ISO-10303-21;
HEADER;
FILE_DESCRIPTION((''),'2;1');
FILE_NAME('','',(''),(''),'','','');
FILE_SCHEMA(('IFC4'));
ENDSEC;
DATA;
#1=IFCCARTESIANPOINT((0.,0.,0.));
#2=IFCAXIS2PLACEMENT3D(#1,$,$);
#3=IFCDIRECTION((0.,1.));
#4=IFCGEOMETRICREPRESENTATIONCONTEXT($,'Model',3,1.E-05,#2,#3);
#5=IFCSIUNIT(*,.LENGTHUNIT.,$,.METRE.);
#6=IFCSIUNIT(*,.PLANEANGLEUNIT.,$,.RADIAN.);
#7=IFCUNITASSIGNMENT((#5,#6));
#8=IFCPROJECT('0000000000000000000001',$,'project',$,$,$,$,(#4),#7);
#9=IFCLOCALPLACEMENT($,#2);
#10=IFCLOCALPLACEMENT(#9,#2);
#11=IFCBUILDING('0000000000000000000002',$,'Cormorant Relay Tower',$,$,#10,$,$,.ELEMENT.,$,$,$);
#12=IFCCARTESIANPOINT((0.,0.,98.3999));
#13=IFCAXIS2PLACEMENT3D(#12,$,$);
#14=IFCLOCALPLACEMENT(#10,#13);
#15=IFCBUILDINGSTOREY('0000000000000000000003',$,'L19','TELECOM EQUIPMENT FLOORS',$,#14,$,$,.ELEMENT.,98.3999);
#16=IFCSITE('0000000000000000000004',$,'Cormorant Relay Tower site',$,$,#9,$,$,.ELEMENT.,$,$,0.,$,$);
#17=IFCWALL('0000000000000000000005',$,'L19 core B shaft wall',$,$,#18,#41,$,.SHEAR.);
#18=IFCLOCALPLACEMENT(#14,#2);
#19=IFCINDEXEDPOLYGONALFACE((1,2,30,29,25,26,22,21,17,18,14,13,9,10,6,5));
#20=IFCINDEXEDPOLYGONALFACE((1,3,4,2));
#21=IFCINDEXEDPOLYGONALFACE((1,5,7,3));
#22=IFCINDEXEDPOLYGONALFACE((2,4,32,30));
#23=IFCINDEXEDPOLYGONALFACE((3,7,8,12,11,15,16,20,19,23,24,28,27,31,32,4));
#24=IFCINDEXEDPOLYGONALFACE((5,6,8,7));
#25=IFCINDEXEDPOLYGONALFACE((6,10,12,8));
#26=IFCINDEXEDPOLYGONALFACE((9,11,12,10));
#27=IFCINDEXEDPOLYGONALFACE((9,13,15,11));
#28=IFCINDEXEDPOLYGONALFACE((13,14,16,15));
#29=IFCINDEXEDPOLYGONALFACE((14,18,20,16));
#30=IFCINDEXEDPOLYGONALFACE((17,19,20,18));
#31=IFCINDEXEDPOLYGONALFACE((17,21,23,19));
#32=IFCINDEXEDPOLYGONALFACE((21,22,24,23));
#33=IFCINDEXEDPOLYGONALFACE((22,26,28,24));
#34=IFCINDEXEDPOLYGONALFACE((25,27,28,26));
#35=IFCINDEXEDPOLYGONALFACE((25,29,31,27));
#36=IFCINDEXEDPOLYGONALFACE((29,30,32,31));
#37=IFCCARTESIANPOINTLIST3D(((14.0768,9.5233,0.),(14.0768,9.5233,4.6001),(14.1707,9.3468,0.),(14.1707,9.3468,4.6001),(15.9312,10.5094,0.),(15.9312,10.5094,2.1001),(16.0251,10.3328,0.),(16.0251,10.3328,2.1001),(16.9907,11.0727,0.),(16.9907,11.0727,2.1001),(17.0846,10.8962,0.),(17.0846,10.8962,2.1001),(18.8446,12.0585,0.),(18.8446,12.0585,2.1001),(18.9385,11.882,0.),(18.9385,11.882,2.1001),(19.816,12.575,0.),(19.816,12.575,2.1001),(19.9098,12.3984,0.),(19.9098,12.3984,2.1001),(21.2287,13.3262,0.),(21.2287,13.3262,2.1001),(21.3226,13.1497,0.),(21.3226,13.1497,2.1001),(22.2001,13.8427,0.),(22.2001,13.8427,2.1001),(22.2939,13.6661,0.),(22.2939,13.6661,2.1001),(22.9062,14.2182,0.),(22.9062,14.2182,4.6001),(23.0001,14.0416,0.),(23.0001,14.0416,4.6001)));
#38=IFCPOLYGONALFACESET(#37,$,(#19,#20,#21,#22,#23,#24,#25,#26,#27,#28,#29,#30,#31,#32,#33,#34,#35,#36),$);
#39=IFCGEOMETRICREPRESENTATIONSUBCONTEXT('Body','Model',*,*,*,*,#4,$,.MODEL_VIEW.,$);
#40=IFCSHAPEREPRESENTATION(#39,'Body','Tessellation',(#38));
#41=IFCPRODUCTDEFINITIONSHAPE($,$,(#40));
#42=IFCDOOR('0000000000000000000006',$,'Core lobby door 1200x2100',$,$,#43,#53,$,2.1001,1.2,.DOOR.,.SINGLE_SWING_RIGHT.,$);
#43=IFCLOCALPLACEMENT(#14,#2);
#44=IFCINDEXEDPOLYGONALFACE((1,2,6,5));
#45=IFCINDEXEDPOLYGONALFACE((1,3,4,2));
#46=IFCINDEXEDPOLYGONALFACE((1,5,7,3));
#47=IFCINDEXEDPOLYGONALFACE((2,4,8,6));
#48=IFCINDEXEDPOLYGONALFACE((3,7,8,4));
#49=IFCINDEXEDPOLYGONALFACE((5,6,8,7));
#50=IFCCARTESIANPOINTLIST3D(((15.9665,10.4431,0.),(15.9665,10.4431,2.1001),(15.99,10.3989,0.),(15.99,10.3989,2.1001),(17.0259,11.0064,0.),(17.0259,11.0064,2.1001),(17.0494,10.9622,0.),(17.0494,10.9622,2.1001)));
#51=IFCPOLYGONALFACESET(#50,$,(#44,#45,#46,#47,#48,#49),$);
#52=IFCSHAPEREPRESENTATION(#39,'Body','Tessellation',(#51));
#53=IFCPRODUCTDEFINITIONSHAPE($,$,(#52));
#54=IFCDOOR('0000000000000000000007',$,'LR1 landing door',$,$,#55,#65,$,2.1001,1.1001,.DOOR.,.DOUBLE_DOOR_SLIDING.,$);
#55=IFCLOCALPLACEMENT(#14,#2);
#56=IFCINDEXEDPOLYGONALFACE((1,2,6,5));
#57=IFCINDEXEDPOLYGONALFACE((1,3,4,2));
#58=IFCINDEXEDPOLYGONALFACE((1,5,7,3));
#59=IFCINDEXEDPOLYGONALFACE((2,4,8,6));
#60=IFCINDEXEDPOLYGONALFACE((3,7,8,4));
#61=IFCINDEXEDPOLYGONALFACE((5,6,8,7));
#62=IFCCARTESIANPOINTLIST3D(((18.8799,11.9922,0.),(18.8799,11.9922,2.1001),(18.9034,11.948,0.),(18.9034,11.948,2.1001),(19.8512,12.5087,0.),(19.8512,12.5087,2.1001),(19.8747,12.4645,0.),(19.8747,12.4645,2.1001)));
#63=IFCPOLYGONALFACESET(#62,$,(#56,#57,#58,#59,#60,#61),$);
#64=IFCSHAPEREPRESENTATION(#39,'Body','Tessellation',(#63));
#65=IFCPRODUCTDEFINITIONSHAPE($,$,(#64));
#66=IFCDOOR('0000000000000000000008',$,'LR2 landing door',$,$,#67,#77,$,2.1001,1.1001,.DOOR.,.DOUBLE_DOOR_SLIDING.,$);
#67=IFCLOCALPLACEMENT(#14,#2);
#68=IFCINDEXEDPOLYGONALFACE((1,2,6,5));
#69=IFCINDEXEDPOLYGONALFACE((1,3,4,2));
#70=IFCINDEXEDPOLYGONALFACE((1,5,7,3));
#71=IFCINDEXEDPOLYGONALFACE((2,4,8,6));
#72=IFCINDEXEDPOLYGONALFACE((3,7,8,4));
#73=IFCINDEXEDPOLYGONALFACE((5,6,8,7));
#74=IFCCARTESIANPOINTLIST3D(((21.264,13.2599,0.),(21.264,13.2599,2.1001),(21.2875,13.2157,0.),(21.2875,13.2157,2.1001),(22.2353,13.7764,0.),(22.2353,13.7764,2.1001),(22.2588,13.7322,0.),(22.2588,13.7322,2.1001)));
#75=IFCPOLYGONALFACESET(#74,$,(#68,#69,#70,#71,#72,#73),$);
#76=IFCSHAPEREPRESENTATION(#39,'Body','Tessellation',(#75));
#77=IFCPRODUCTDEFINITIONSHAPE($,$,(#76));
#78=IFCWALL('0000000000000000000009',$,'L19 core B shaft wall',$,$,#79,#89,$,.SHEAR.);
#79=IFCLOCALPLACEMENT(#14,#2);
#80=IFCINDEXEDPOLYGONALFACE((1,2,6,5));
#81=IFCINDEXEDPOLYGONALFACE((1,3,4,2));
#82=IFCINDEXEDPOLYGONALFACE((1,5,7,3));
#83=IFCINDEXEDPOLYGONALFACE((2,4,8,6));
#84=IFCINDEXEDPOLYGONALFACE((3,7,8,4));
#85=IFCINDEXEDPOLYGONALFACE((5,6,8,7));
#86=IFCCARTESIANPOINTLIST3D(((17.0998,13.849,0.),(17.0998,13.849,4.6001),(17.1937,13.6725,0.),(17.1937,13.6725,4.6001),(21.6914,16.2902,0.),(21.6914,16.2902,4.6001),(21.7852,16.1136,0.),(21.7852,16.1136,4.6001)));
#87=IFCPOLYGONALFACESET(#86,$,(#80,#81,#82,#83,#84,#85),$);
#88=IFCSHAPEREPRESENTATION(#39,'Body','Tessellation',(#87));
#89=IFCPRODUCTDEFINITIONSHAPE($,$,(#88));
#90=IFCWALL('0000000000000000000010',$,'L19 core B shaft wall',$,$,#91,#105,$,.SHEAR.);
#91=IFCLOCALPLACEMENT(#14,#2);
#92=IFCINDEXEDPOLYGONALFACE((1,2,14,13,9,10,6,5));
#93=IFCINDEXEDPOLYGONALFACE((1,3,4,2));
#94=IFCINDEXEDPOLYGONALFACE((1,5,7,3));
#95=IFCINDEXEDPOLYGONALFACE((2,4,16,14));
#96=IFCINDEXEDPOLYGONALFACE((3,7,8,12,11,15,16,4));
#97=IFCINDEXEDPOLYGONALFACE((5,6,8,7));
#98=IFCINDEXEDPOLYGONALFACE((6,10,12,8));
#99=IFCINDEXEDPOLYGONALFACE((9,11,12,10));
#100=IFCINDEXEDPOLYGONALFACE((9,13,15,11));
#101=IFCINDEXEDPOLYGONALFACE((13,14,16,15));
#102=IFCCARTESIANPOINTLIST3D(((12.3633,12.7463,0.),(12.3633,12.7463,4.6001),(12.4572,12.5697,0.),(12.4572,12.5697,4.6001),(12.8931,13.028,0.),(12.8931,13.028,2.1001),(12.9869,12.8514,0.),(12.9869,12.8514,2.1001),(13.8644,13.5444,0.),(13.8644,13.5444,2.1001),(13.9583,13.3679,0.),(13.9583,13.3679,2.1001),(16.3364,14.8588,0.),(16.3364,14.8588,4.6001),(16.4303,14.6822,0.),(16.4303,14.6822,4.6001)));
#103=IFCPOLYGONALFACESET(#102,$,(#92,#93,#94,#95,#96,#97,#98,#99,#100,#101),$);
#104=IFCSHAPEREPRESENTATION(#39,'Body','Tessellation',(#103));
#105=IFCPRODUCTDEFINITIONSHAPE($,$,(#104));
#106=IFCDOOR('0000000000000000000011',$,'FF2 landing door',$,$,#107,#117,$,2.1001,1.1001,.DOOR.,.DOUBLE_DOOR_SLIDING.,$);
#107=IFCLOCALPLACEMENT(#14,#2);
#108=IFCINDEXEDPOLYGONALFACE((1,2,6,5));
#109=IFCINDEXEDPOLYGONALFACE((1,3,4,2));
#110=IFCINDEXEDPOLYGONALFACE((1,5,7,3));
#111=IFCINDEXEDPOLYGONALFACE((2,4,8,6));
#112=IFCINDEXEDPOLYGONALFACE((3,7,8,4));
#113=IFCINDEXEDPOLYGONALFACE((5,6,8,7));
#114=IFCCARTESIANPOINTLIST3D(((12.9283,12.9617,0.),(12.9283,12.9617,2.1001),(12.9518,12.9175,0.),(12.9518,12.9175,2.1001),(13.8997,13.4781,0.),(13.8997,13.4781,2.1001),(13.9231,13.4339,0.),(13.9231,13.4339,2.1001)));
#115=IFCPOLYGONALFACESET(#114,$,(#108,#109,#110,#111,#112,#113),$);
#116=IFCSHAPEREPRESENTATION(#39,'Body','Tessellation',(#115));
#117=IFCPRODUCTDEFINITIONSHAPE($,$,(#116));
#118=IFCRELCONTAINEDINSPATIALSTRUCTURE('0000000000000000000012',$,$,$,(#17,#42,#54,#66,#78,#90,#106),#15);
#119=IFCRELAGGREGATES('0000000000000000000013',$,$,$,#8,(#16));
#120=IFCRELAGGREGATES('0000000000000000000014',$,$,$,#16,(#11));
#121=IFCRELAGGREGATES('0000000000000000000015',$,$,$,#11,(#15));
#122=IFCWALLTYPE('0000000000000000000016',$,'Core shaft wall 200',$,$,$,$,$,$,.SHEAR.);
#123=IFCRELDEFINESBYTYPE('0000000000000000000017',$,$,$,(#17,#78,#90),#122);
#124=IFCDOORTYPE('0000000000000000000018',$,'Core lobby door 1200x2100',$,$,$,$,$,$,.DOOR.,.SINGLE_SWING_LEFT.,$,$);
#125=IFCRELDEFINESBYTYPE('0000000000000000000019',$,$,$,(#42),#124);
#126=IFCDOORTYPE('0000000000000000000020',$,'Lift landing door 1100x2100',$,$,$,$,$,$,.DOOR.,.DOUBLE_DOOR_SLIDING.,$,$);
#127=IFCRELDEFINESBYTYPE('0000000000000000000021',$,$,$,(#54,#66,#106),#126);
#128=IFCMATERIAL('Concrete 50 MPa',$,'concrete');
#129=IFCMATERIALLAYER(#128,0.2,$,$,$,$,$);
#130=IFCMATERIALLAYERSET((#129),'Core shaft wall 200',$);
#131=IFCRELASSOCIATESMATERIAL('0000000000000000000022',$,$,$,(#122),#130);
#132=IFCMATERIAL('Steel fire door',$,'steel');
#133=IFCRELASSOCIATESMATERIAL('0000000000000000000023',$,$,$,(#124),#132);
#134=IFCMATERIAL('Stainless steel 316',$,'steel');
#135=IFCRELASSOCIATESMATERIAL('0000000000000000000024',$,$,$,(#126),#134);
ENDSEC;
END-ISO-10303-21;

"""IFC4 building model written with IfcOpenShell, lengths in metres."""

from ifc_helpers import new_model, si_unit, direction, frame, frame_2d, origin, place, context, subcontext, project, spatial, rectangle, extrude, material, layer, layer_set, type_object, element, fill, save


model = new_model("IFC4")

# Units and contexts
model_context = context("Model", 3, precision=1e-05, world=origin(), true_north=direction((0.0, 1.0)))
body_context = subcontext(model_context, "Body", "Model", "MODEL_VIEW")
ifc_project = project(units=[si_unit("LENGTHUNIT", "METRE"), si_unit("PLANEANGLEUNIT", "RADIAN")], contexts=[model_context])

# Site, building, storey
site_placement = place(None, origin())
site = spatial("IfcSite", under=ifc_project, at=site_placement, Name="Cormorant Relay Tower site", CompositionType="ELEMENT", RefElevation=0.0)
building_placement = place(site_placement, origin())
building = spatial("IfcBuilding", under=site, at=building_placement, Name="Cormorant Relay Tower", CompositionType="ELEMENT")
storey_placement = place(building_placement, frame((0.0, 0.0, 98.3999)))
storey = spatial("IfcBuildingStorey", under=building, at=storey_placement, Name="L19", Description="TELECOM EQUIPMENT FLOORS", CompositionType="ELEMENT", Elevation=98.3999)

# Shared definitions
ifc_material_1 = material(Name="Concrete 50 MPa", Category="concrete")
ifc_layer_1 = layer(ifc_material_1, 0.2)
ifc_layer_set_1 = layer_set([ifc_layer_1], Name="Core shaft wall 200")
wall_type_1 = type_object("IfcWallType", Name="Core shaft wall 200", PredefinedType="SHEAR", material=ifc_layer_set_1)

# Wall, openings, doors
wall_1_placement = place(storey_placement, frame((14.1238, 9.4351, 0.0), z_axis=(0.0, 0.0, 1.0), x_axis=(0.88294, 0.469485, 0.0)))
wall_1 = element("IfcWall", 1, at=wall_1_placement, inside=storey, type_object=wall_type_1, Name="L19 core B shaft wall", PredefinedType="SHEAR", context=body_context, shape_type="SweptSolid", body=[
    extrude(rectangle(XDim=10.0, YDim=0.2, at=frame_2d((5.0, 0.0))), origin(), (0.0, 0.0, 1.0), 4.6001),
])
opening_1_placement = place(wall_1_placement, frame((2.1001, 0.0, 0.0)))
opening_1 = element("IfcOpeningElement", 2, at=opening_1_placement, cuts=wall_1, PredefinedType="OPENING", context=body_context, shape_type="SweptSolid", body=[
    extrude(rectangle(XDim=1.2, YDim=2.1001, at=frame_2d((0.6001, 1.05))), frame((0.0, 0.1099, 0.0), z_axis=(0.0, -1.0, 0.0), x_axis=(1.0, 0.0, 0.0)), (0.0, 0.0, 1.0), 0.22),
])
opening_2_placement = place(wall_1_placement, frame((5.3999, 0.0, 0.0)))
opening_2 = element("IfcOpeningElement", 3, at=opening_2_placement, cuts=wall_1, PredefinedType="OPENING", context=body_context, shape_type="SweptSolid", body=[
    extrude(rectangle(XDim=1.1001, YDim=2.1001, at=frame_2d((0.55, 1.05))), frame((0.0, 0.1099, 0.0), z_axis=(0.0, -1.0, 0.0), x_axis=(1.0, 0.0, 0.0)), (0.0, 0.0, 1.0), 0.22),
])
opening_3_placement = place(wall_1_placement, frame((8.1001, 0.0, 0.0)))
opening_3 = element("IfcOpeningElement", 4, at=opening_3_placement, cuts=wall_1, PredefinedType="OPENING", context=body_context, shape_type="SweptSolid", body=[
    extrude(rectangle(XDim=1.1001, YDim=2.1001, at=frame_2d((0.55, 1.05))), frame((0.0, 0.1099, 0.0), z_axis=(0.0, -1.0, 0.0), x_axis=(1.0, 0.0, 0.0)), (0.0, 0.0, 1.0), 0.22),
])
ifc_material_2 = material(Name="Steel fire door", Category="steel")
door_type_1 = type_object("IfcDoorType", Name="Core lobby door 1200x2100", OperationType="SINGLE_SWING_LEFT", PredefinedType="DOOR", material=ifc_material_2)
door_1_placement = place(opening_1_placement, origin())
door_1 = element("IfcDoor", 5, at=door_1_placement, inside=storey, type_object=door_type_1, Name="Core lobby door 1200x2100", OperationType="SINGLE_SWING_RIGHT", OverallHeight=2.1001, OverallWidth=1.2, PredefinedType="DOOR", context=body_context, shape_type="SweptSolid", body=[
    extrude(rectangle(XDim=1.2, YDim=2.1001, at=frame_2d((0.6001, 1.05))), frame((0.0, 0.0249, 0.0), z_axis=(0.0, -1.0, 0.0), x_axis=(1.0, 0.0, 0.0)), (0.0, 0.0, 1.0), 0.05),
])
fill(opening_1, door_1)
ifc_material_3 = material(Name="Stainless steel 316", Category="steel")
door_type_2 = type_object("IfcDoorType", Name="Lift landing door 1100x2100", OperationType="DOUBLE_DOOR_SLIDING", PredefinedType="DOOR", material=ifc_material_3)
door_2_placement = place(opening_2_placement, origin())
door_2 = element("IfcDoor", 6, at=door_2_placement, inside=storey, type_object=door_type_2, Name="LR1 landing door", OperationType="DOUBLE_DOOR_SLIDING", OverallHeight=2.1001, OverallWidth=1.1001, PredefinedType="DOOR", context=body_context, shape_type="SweptSolid", body=[
    extrude(rectangle(XDim=1.1001, YDim=2.1001, at=frame_2d((0.55, 1.05))), frame((0.0, 0.0249, 0.0), z_axis=(0.0, -1.0, 0.0), x_axis=(1.0, 0.0, 0.0)), (0.0, 0.0, 1.0), 0.05),
])
fill(opening_2, door_2)
door_3_placement = place(opening_3_placement, origin())
door_3 = element("IfcDoor", 7, at=door_3_placement, inside=storey, type_object=door_type_2, Name="LR2 landing door", OperationType="DOUBLE_DOOR_SLIDING", OverallHeight=2.1001, OverallWidth=1.1001, PredefinedType="DOOR", context=body_context, shape_type="SweptSolid", body=[
    extrude(rectangle(XDim=1.1001, YDim=2.1001, at=frame_2d((0.55, 1.05))), frame((0.0, 0.0249, 0.0), z_axis=(0.0, -1.0, 0.0), x_axis=(1.0, 0.0, 0.0)), (0.0, 0.0, 1.0), 0.05),
])
fill(opening_3, door_3)

# Wall
wall_2_placement = place(storey_placement, frame((17.1467, 13.7607, 0.0), z_axis=(0.0, 0.0, 1.0), x_axis=(0.882964, 0.46944, 0.0)))
element("IfcWall", 8, at=wall_2_placement, inside=storey, type_object=wall_type_1, Name="L19 core B shaft wall", PredefinedType="SHEAR", context=body_context, shape_type="SweptSolid", body=[
    extrude(rectangle(XDim=5.2002, YDim=0.2, at=frame_2d((2.6001, 0.0))), origin(), (0.0, 0.0, 1.0), 4.6001),
])

# Wall, opening, door
wall_3_placement = place(storey_placement, frame((12.4102, 12.658, 0.0), z_axis=(0.0, 0.0, 1.0), x_axis=(0.882948, 0.46947, 0.0)))
wall_3 = element("IfcWall", 9, at=wall_3_placement, inside=storey, type_object=wall_type_1, Name="L19 core B shaft wall", PredefinedType="SHEAR", context=body_context, shape_type="SweptSolid", body=[
    extrude(rectangle(XDim=4.4998, YDim=0.2, at=frame_2d((2.25, 0.0))), origin(), (0.0, 0.0, 1.0), 4.6001),
])
opening_4_placement = place(wall_3_placement, frame((0.6001, 0.0, 0.0)))
opening_4 = element("IfcOpeningElement", 10, at=opening_4_placement, cuts=wall_3, PredefinedType="OPENING", context=body_context, shape_type="SweptSolid", body=[
    extrude(rectangle(XDim=1.1001, YDim=2.1001, at=frame_2d((0.55, 1.05))), frame((0.0, 0.1099, 0.0), z_axis=(0.0, -1.0, 0.0), x_axis=(1.0, 0.0, 0.0)), (0.0, 0.0, 1.0), 0.22),
])
door_4_placement = place(opening_4_placement, origin())
door_4 = element("IfcDoor", 11, at=door_4_placement, inside=storey, type_object=door_type_2, Name="FF2 landing door", OperationType="DOUBLE_DOOR_SLIDING", OverallHeight=2.1001, OverallWidth=1.1001, PredefinedType="DOOR", context=body_context, shape_type="SweptSolid", body=[
    extrude(rectangle(XDim=1.1001, YDim=2.1001, at=frame_2d((0.55, 1.05))), frame((0.0, 0.0249, 0.0), z_axis=(0.0, -1.0, 0.0), x_axis=(1.0, 0.0, 0.0)), (0.0, 0.0, 1.0), 0.05),
])
fill(opening_4, door_4)

save(model, "model.ifc")
